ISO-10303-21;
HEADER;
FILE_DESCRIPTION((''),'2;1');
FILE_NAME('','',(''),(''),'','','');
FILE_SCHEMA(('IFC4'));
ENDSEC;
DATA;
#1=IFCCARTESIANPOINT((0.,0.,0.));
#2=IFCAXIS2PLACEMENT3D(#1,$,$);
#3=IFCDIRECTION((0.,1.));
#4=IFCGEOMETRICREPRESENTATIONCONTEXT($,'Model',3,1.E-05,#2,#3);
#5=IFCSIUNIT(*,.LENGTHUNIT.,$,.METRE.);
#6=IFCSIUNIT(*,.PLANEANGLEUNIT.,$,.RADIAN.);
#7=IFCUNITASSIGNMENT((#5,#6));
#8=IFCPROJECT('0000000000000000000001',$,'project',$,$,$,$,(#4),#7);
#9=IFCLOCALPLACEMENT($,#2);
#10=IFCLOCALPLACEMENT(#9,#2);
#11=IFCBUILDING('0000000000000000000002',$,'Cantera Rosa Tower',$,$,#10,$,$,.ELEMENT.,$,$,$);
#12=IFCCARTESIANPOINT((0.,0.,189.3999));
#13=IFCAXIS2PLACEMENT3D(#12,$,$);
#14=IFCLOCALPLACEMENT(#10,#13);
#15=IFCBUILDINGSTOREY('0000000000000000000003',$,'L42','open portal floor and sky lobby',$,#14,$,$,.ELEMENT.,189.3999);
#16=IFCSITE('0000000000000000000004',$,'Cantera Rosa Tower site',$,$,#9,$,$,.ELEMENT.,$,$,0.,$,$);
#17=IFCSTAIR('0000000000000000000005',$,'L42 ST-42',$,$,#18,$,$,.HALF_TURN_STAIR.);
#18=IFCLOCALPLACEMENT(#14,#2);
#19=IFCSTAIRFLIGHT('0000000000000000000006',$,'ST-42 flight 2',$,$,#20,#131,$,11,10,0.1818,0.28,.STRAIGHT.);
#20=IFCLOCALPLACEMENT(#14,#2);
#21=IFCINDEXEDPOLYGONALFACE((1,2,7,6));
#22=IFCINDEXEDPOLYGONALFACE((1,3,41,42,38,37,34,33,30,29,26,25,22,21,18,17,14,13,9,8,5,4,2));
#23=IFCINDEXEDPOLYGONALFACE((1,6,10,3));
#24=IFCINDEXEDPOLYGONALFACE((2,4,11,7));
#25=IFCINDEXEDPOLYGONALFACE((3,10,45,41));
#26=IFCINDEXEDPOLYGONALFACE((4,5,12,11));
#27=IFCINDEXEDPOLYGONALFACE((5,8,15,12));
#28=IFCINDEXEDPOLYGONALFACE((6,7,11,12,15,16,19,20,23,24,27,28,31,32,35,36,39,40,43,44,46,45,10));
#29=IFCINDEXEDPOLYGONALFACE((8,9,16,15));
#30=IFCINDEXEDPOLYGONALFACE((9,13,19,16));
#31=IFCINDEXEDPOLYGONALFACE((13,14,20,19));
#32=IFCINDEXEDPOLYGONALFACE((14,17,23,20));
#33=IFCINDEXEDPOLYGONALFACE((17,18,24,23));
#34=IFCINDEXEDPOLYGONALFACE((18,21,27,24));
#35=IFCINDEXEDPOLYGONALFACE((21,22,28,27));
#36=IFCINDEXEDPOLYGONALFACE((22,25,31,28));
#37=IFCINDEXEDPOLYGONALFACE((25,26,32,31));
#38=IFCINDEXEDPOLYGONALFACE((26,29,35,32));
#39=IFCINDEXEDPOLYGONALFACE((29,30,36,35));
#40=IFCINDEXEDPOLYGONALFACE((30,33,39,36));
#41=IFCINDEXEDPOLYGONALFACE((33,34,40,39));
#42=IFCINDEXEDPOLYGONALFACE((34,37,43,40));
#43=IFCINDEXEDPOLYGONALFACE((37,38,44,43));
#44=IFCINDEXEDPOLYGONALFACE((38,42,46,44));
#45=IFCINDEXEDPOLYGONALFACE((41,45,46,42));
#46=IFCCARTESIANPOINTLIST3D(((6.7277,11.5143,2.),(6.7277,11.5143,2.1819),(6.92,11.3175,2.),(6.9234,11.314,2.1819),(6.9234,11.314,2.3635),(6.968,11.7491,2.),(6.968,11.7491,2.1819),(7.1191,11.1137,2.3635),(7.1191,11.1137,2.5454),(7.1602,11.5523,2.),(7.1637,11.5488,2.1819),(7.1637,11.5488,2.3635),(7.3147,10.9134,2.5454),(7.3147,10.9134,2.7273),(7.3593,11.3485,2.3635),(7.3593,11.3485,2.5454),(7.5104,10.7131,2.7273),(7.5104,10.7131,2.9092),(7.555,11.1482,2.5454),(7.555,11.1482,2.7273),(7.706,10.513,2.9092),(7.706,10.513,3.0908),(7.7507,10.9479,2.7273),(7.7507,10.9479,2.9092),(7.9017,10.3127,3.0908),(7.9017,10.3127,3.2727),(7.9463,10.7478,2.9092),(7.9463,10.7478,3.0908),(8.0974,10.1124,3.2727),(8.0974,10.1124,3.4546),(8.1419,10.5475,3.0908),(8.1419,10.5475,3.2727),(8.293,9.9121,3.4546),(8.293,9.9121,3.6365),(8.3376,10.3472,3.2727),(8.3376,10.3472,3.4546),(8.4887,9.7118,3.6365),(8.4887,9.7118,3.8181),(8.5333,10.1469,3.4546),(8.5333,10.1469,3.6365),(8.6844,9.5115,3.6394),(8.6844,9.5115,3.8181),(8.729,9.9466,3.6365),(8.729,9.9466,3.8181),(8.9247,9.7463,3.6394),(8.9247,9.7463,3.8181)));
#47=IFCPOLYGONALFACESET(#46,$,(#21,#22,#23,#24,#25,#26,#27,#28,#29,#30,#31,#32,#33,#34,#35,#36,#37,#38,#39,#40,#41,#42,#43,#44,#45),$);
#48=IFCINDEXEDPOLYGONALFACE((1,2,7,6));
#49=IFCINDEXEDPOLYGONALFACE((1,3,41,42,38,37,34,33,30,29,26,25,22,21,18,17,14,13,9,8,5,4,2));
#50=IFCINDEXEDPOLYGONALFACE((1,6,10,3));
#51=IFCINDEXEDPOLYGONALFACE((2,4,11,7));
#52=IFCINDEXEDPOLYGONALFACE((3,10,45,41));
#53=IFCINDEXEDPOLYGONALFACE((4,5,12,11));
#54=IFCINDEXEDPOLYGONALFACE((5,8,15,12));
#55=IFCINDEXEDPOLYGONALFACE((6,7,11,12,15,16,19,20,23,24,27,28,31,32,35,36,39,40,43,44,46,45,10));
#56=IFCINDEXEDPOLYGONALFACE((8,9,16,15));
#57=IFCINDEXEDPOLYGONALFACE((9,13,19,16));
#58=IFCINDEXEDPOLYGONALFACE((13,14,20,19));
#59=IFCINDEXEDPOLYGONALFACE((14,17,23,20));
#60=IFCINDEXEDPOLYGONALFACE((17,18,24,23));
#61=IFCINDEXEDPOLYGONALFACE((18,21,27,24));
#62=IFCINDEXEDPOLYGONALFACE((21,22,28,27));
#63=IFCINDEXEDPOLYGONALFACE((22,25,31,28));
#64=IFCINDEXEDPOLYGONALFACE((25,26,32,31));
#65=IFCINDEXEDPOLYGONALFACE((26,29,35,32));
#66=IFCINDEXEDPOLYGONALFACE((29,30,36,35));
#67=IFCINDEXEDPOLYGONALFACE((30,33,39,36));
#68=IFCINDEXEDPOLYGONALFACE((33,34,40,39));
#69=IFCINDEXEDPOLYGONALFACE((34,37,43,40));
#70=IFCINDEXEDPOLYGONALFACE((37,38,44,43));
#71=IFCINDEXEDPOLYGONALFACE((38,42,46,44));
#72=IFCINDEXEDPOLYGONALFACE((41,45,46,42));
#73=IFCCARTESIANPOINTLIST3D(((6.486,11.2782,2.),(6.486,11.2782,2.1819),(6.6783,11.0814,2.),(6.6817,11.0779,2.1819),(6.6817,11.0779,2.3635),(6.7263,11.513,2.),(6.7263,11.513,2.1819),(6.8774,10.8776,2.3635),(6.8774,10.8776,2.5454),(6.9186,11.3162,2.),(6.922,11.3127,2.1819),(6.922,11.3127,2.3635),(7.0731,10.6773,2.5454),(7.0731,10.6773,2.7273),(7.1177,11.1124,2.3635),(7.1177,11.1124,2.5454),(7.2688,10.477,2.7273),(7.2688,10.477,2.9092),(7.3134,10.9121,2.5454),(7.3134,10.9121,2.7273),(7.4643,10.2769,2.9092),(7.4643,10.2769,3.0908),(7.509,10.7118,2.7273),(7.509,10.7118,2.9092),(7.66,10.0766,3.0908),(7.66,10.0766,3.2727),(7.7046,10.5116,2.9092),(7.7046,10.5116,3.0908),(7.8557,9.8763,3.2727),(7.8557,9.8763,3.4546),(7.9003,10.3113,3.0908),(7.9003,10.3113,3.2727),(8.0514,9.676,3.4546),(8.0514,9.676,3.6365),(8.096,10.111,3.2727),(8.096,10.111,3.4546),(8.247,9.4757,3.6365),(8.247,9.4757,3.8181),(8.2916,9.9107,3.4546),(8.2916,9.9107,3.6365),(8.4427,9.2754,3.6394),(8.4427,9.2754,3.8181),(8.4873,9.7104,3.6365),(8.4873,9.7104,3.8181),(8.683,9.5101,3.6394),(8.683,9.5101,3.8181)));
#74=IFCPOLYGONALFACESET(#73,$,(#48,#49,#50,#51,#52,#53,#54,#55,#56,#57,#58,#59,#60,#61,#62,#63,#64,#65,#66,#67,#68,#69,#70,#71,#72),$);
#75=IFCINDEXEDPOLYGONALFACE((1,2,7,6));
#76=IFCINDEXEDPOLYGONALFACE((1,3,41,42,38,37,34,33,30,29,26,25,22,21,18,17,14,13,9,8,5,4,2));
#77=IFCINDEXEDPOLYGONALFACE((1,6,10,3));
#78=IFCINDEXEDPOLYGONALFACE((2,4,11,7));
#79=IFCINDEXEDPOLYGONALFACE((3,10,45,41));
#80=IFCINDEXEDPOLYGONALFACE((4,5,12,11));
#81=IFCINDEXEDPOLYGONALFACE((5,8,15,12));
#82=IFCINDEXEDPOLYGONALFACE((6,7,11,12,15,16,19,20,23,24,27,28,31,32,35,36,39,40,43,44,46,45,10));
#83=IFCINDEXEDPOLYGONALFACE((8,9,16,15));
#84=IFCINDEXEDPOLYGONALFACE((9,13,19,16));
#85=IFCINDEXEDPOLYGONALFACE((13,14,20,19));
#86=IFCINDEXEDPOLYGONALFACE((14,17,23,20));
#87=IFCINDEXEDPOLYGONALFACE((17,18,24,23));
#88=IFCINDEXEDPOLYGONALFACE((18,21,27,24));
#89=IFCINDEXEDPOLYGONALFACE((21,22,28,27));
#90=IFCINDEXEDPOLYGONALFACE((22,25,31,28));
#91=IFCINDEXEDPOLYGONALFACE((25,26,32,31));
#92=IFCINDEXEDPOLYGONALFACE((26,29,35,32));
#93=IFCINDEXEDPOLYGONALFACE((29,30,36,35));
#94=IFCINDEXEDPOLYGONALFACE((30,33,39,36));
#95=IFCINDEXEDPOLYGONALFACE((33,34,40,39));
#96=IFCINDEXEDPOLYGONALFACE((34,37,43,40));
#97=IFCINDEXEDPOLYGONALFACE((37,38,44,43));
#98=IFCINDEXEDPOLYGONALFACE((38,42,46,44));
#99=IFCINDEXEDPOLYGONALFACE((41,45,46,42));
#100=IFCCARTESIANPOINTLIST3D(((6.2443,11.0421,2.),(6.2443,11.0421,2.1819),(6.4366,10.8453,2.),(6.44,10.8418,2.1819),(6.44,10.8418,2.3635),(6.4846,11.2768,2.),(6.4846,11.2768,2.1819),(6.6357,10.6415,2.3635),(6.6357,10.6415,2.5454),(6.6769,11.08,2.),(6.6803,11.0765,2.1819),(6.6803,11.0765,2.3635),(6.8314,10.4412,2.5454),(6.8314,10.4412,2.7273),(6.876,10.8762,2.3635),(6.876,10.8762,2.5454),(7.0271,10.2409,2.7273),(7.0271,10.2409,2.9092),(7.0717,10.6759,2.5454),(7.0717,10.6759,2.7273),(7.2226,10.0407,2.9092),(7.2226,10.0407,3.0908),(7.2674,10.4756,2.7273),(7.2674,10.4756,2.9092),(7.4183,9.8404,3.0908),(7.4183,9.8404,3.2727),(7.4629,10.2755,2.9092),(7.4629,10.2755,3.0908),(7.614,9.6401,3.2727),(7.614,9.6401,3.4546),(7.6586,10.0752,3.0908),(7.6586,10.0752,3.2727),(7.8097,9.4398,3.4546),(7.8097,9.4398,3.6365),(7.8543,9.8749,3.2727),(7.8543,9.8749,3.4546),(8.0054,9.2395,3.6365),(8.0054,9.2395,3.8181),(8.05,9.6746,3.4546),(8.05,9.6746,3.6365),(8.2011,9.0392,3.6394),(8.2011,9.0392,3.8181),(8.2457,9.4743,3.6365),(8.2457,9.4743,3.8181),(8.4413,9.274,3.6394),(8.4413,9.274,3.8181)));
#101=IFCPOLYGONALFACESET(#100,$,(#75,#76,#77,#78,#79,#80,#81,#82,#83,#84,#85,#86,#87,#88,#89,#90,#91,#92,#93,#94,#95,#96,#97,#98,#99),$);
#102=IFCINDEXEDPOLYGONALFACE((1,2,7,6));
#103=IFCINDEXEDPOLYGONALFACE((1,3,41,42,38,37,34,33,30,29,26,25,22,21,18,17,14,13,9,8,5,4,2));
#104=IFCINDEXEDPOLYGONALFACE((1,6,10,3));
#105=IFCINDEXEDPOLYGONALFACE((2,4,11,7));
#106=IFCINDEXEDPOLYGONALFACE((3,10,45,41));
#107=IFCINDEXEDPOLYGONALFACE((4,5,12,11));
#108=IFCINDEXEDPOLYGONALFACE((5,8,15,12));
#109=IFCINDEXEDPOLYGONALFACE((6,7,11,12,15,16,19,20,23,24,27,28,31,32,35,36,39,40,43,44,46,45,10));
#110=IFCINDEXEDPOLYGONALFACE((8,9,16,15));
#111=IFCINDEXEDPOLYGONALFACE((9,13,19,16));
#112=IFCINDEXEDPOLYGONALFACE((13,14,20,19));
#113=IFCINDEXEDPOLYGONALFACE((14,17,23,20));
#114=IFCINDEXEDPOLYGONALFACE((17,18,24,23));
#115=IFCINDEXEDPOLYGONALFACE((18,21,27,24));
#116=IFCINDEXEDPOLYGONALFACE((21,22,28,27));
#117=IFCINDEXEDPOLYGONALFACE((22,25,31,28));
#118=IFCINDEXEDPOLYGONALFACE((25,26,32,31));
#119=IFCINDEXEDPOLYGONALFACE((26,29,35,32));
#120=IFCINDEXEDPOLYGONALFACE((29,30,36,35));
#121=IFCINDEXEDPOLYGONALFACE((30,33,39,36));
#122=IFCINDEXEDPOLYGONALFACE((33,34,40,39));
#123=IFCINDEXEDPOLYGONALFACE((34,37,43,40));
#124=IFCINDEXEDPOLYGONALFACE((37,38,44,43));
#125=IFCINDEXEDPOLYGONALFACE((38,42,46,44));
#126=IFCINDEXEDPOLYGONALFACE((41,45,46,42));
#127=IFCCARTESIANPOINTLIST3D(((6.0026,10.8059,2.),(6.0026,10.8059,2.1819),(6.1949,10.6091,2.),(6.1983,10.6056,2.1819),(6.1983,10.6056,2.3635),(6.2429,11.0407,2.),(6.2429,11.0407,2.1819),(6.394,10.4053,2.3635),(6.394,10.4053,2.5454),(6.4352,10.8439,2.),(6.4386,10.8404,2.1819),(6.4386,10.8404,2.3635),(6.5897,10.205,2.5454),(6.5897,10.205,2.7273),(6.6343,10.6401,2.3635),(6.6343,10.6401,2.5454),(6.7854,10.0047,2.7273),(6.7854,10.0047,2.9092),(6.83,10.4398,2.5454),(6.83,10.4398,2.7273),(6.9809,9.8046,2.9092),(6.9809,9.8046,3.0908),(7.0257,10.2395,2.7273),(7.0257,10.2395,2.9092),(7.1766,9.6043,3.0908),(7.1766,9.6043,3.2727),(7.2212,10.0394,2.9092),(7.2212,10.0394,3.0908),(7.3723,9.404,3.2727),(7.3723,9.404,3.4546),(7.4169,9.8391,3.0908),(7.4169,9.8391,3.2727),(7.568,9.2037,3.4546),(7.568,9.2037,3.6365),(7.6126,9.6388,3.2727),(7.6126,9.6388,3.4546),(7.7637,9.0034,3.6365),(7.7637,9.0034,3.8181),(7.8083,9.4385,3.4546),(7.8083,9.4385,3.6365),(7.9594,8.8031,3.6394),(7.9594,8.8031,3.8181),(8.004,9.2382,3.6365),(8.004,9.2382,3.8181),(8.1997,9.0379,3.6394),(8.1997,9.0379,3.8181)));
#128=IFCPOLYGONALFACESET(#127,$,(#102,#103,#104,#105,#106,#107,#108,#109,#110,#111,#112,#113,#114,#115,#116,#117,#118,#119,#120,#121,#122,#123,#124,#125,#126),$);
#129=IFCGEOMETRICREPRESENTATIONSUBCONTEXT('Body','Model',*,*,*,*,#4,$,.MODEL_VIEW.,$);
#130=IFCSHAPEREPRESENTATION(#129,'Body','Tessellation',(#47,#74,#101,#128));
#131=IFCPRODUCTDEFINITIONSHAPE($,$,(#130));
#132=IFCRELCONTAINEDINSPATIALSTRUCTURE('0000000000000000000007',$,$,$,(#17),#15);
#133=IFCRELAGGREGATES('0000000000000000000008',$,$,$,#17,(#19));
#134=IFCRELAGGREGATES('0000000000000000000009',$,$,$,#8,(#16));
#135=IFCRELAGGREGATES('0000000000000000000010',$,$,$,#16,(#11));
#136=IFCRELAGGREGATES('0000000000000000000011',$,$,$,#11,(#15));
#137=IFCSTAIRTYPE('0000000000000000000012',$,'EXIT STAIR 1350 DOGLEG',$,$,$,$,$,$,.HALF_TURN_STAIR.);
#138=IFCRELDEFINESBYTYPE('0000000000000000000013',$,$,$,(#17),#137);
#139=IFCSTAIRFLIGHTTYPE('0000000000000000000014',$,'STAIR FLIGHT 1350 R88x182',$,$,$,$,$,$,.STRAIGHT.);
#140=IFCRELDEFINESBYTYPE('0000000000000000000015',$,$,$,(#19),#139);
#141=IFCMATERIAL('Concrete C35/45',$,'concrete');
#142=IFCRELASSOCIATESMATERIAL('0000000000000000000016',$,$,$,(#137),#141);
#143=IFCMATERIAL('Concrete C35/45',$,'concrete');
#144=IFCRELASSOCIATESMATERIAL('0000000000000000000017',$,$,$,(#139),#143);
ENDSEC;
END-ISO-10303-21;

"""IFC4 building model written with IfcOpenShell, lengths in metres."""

from ifc_helpers import new_model, si_unit, direction, frame, origin, place, context, subcontext, project, spatial, polyline, outline, extrude, material, type_object, element, aggregate, save


model = new_model("IFC4")

# Units and contexts
model_context = context("Model", 3, precision=1e-05, world=origin(), true_north=direction((0.0, 1.0)))
body_context = subcontext(model_context, "Body", "Model", "MODEL_VIEW")
ifc_project = project(units=[si_unit("LENGTHUNIT", "METRE"), si_unit("PLANEANGLEUNIT", "RADIAN")], contexts=[model_context])

# Site, building, storey
site_placement = place(None, origin())
site = spatial("IfcSite", under=ifc_project, at=site_placement, Name="Cantera Rosa Tower site", CompositionType="ELEMENT", RefElevation=0.0)
building_placement = place(site_placement, origin())
building = spatial("IfcBuilding", under=site, at=building_placement, Name="Cantera Rosa Tower", CompositionType="ELEMENT")
storey_placement = place(building_placement, frame((0.0, 0.0, 189.3999)))
storey = spatial("IfcBuildingStorey", under=building, at=storey_placement, Name="L42", Description="open portal floor and sky lobby", CompositionType="ELEMENT", Elevation=189.3999)

# Stair, stair flight
ifc_material_1 = material(Name="Concrete C35/45", Category="concrete")
stair_type = type_object("IfcStairType", Name="EXIT STAIR 1350 DOGLEG", PredefinedType="HALF_TURN_STAIR", material=ifc_material_1)
stair_placement = place(storey_placement, origin())
stair = element("IfcStair", 1, at=stair_placement, inside=storey, type_object=stair_type, Name="L42 ST-42", PredefinedType="HALF_TURN_STAIR")
ifc_material_2 = material(Name="Concrete C35/45", Category="concrete")
stair_flight_type = type_object("IfcStairFlightType", Name="STAIR FLIGHT 1350 R88x182", PredefinedType="STRAIGHT", material=ifc_material_2)
stair_flight_1_placement = place(storey_placement, frame((6.4851, 11.2773, 2.0), z_axis=(0.0, 0.0, 1.0), x_axis=(0.698832, -0.715286, 0.0)))
stair_flight_1 = element("IfcStairFlight", 2, at=stair_flight_1_placement, type_object=stair_flight_type, Name="ST-42 flight 2", NumberOfRisers=11, NumberOfTreads=10, PredefinedType="STRAIGHT", RiserHeight=0.1818, TreadLength=0.28, context=body_context, shape_type="SweptSolid", body=[
    extrude(outline(polyline([(0.0, 0.0), (0.0, 0.1819), (0.28, 0.1819), (0.28, 0.3635), (0.5601, 0.3635), (0.5601, 0.5454), (0.8401, 0.5454), (0.8401, 0.7273), (1.1201, 0.7273), (1.1201, 0.9092), (1.3999, 0.9092), (1.3999, 1.0908), (1.6799, 1.0908), (1.6799, 1.2727), (1.96, 1.2727), (1.96, 1.4546), (2.24, 1.4546), (2.24, 1.6365), (2.52, 1.6365), (2.52, 1.8181), (2.8, 1.8181), (2.8, 2.0), (2.8, 1.6394), (0.2751, 0.0), (0.0, 0.0)])), frame((0.0, 0.675, 0.0), z_axis=(0.0, -1.0, 0.0), x_axis=(1.0, 0.0, 0.0)), (0.0, 0.0, 1.0), 0.3359),
    extrude(outline(polyline([(0.0, 0.0), (0.0, 0.1819), (0.28, 0.1819), (0.28, 0.3635), (0.5601, 0.3635), (0.5601, 0.5454), (0.8401, 0.5454), (0.8401, 0.7273), (1.1201, 0.7273), (1.1201, 0.9092), (1.3999, 0.9092), (1.3999, 1.0908), (1.6799, 1.0908), (1.6799, 1.2727), (1.96, 1.2727), (1.96, 1.4546), (2.24, 1.4546), (2.24, 1.6365), (2.52, 1.6365), (2.52, 1.8181), (2.8, 1.8181), (2.8, 2.0), (2.8, 1.6394), (0.2751, 0.0), (0.0, 0.0)])), frame((0.0, 0.3372, 0.0), z_axis=(0.0, -1.0, 0.0), x_axis=(1.0, 0.0, 0.0)), (0.0, 0.0, 1.0), 0.3359),
    extrude(outline(polyline([(0.0, 0.0), (0.0, 0.1819), (0.28, 0.1819), (0.28, 0.3635), (0.5601, 0.3635), (0.5601, 0.5454), (0.8401, 0.5454), (0.8401, 0.7273), (1.1201, 0.7273), (1.1201, 0.9092), (1.3999, 0.9092), (1.3999, 1.0908), (1.6799, 1.0908), (1.6799, 1.2727), (1.96, 1.2727), (1.96, 1.4546), (2.24, 1.4546), (2.24, 1.6365), (2.52, 1.6365), (2.52, 1.8181), (2.8, 1.8181), (2.8, 2.0), (2.8, 1.6394), (0.2751, 0.0), (0.0, 0.0)])), frame((0.0, -0.0007, 0.0), z_axis=(0.0, -1.0, 0.0), x_axis=(1.0, 0.0, 0.0)), (0.0, 0.0, 1.0), 0.3359),
    extrude(outline(polyline([(0.0, 0.0), (0.0, 0.1819), (0.28, 0.1819), (0.28, 0.3635), (0.5601, 0.3635), (0.5601, 0.5454), (0.8401, 0.5454), (0.8401, 0.7273), (1.1201, 0.7273), (1.1201, 0.9092), (1.3999, 0.9092), (1.3999, 1.0908), (1.6799, 1.0908), (1.6799, 1.2727), (1.96, 1.2727), (1.96, 1.4546), (2.24, 1.4546), (2.24, 1.6365), (2.52, 1.6365), (2.52, 1.8181), (2.8, 1.8181), (2.8, 2.0), (2.8, 1.6394), (0.2751, 0.0), (0.0, 0.0)])), frame((0.0, -0.3386, 0.0), z_axis=(0.0, -1.0, 0.0), x_axis=(1.0, 0.0, 0.0)), (0.0, 0.0, 1.0), 0.3359),
])
aggregate(stair, [stair_flight_1])

save(model, "model.ifc")
